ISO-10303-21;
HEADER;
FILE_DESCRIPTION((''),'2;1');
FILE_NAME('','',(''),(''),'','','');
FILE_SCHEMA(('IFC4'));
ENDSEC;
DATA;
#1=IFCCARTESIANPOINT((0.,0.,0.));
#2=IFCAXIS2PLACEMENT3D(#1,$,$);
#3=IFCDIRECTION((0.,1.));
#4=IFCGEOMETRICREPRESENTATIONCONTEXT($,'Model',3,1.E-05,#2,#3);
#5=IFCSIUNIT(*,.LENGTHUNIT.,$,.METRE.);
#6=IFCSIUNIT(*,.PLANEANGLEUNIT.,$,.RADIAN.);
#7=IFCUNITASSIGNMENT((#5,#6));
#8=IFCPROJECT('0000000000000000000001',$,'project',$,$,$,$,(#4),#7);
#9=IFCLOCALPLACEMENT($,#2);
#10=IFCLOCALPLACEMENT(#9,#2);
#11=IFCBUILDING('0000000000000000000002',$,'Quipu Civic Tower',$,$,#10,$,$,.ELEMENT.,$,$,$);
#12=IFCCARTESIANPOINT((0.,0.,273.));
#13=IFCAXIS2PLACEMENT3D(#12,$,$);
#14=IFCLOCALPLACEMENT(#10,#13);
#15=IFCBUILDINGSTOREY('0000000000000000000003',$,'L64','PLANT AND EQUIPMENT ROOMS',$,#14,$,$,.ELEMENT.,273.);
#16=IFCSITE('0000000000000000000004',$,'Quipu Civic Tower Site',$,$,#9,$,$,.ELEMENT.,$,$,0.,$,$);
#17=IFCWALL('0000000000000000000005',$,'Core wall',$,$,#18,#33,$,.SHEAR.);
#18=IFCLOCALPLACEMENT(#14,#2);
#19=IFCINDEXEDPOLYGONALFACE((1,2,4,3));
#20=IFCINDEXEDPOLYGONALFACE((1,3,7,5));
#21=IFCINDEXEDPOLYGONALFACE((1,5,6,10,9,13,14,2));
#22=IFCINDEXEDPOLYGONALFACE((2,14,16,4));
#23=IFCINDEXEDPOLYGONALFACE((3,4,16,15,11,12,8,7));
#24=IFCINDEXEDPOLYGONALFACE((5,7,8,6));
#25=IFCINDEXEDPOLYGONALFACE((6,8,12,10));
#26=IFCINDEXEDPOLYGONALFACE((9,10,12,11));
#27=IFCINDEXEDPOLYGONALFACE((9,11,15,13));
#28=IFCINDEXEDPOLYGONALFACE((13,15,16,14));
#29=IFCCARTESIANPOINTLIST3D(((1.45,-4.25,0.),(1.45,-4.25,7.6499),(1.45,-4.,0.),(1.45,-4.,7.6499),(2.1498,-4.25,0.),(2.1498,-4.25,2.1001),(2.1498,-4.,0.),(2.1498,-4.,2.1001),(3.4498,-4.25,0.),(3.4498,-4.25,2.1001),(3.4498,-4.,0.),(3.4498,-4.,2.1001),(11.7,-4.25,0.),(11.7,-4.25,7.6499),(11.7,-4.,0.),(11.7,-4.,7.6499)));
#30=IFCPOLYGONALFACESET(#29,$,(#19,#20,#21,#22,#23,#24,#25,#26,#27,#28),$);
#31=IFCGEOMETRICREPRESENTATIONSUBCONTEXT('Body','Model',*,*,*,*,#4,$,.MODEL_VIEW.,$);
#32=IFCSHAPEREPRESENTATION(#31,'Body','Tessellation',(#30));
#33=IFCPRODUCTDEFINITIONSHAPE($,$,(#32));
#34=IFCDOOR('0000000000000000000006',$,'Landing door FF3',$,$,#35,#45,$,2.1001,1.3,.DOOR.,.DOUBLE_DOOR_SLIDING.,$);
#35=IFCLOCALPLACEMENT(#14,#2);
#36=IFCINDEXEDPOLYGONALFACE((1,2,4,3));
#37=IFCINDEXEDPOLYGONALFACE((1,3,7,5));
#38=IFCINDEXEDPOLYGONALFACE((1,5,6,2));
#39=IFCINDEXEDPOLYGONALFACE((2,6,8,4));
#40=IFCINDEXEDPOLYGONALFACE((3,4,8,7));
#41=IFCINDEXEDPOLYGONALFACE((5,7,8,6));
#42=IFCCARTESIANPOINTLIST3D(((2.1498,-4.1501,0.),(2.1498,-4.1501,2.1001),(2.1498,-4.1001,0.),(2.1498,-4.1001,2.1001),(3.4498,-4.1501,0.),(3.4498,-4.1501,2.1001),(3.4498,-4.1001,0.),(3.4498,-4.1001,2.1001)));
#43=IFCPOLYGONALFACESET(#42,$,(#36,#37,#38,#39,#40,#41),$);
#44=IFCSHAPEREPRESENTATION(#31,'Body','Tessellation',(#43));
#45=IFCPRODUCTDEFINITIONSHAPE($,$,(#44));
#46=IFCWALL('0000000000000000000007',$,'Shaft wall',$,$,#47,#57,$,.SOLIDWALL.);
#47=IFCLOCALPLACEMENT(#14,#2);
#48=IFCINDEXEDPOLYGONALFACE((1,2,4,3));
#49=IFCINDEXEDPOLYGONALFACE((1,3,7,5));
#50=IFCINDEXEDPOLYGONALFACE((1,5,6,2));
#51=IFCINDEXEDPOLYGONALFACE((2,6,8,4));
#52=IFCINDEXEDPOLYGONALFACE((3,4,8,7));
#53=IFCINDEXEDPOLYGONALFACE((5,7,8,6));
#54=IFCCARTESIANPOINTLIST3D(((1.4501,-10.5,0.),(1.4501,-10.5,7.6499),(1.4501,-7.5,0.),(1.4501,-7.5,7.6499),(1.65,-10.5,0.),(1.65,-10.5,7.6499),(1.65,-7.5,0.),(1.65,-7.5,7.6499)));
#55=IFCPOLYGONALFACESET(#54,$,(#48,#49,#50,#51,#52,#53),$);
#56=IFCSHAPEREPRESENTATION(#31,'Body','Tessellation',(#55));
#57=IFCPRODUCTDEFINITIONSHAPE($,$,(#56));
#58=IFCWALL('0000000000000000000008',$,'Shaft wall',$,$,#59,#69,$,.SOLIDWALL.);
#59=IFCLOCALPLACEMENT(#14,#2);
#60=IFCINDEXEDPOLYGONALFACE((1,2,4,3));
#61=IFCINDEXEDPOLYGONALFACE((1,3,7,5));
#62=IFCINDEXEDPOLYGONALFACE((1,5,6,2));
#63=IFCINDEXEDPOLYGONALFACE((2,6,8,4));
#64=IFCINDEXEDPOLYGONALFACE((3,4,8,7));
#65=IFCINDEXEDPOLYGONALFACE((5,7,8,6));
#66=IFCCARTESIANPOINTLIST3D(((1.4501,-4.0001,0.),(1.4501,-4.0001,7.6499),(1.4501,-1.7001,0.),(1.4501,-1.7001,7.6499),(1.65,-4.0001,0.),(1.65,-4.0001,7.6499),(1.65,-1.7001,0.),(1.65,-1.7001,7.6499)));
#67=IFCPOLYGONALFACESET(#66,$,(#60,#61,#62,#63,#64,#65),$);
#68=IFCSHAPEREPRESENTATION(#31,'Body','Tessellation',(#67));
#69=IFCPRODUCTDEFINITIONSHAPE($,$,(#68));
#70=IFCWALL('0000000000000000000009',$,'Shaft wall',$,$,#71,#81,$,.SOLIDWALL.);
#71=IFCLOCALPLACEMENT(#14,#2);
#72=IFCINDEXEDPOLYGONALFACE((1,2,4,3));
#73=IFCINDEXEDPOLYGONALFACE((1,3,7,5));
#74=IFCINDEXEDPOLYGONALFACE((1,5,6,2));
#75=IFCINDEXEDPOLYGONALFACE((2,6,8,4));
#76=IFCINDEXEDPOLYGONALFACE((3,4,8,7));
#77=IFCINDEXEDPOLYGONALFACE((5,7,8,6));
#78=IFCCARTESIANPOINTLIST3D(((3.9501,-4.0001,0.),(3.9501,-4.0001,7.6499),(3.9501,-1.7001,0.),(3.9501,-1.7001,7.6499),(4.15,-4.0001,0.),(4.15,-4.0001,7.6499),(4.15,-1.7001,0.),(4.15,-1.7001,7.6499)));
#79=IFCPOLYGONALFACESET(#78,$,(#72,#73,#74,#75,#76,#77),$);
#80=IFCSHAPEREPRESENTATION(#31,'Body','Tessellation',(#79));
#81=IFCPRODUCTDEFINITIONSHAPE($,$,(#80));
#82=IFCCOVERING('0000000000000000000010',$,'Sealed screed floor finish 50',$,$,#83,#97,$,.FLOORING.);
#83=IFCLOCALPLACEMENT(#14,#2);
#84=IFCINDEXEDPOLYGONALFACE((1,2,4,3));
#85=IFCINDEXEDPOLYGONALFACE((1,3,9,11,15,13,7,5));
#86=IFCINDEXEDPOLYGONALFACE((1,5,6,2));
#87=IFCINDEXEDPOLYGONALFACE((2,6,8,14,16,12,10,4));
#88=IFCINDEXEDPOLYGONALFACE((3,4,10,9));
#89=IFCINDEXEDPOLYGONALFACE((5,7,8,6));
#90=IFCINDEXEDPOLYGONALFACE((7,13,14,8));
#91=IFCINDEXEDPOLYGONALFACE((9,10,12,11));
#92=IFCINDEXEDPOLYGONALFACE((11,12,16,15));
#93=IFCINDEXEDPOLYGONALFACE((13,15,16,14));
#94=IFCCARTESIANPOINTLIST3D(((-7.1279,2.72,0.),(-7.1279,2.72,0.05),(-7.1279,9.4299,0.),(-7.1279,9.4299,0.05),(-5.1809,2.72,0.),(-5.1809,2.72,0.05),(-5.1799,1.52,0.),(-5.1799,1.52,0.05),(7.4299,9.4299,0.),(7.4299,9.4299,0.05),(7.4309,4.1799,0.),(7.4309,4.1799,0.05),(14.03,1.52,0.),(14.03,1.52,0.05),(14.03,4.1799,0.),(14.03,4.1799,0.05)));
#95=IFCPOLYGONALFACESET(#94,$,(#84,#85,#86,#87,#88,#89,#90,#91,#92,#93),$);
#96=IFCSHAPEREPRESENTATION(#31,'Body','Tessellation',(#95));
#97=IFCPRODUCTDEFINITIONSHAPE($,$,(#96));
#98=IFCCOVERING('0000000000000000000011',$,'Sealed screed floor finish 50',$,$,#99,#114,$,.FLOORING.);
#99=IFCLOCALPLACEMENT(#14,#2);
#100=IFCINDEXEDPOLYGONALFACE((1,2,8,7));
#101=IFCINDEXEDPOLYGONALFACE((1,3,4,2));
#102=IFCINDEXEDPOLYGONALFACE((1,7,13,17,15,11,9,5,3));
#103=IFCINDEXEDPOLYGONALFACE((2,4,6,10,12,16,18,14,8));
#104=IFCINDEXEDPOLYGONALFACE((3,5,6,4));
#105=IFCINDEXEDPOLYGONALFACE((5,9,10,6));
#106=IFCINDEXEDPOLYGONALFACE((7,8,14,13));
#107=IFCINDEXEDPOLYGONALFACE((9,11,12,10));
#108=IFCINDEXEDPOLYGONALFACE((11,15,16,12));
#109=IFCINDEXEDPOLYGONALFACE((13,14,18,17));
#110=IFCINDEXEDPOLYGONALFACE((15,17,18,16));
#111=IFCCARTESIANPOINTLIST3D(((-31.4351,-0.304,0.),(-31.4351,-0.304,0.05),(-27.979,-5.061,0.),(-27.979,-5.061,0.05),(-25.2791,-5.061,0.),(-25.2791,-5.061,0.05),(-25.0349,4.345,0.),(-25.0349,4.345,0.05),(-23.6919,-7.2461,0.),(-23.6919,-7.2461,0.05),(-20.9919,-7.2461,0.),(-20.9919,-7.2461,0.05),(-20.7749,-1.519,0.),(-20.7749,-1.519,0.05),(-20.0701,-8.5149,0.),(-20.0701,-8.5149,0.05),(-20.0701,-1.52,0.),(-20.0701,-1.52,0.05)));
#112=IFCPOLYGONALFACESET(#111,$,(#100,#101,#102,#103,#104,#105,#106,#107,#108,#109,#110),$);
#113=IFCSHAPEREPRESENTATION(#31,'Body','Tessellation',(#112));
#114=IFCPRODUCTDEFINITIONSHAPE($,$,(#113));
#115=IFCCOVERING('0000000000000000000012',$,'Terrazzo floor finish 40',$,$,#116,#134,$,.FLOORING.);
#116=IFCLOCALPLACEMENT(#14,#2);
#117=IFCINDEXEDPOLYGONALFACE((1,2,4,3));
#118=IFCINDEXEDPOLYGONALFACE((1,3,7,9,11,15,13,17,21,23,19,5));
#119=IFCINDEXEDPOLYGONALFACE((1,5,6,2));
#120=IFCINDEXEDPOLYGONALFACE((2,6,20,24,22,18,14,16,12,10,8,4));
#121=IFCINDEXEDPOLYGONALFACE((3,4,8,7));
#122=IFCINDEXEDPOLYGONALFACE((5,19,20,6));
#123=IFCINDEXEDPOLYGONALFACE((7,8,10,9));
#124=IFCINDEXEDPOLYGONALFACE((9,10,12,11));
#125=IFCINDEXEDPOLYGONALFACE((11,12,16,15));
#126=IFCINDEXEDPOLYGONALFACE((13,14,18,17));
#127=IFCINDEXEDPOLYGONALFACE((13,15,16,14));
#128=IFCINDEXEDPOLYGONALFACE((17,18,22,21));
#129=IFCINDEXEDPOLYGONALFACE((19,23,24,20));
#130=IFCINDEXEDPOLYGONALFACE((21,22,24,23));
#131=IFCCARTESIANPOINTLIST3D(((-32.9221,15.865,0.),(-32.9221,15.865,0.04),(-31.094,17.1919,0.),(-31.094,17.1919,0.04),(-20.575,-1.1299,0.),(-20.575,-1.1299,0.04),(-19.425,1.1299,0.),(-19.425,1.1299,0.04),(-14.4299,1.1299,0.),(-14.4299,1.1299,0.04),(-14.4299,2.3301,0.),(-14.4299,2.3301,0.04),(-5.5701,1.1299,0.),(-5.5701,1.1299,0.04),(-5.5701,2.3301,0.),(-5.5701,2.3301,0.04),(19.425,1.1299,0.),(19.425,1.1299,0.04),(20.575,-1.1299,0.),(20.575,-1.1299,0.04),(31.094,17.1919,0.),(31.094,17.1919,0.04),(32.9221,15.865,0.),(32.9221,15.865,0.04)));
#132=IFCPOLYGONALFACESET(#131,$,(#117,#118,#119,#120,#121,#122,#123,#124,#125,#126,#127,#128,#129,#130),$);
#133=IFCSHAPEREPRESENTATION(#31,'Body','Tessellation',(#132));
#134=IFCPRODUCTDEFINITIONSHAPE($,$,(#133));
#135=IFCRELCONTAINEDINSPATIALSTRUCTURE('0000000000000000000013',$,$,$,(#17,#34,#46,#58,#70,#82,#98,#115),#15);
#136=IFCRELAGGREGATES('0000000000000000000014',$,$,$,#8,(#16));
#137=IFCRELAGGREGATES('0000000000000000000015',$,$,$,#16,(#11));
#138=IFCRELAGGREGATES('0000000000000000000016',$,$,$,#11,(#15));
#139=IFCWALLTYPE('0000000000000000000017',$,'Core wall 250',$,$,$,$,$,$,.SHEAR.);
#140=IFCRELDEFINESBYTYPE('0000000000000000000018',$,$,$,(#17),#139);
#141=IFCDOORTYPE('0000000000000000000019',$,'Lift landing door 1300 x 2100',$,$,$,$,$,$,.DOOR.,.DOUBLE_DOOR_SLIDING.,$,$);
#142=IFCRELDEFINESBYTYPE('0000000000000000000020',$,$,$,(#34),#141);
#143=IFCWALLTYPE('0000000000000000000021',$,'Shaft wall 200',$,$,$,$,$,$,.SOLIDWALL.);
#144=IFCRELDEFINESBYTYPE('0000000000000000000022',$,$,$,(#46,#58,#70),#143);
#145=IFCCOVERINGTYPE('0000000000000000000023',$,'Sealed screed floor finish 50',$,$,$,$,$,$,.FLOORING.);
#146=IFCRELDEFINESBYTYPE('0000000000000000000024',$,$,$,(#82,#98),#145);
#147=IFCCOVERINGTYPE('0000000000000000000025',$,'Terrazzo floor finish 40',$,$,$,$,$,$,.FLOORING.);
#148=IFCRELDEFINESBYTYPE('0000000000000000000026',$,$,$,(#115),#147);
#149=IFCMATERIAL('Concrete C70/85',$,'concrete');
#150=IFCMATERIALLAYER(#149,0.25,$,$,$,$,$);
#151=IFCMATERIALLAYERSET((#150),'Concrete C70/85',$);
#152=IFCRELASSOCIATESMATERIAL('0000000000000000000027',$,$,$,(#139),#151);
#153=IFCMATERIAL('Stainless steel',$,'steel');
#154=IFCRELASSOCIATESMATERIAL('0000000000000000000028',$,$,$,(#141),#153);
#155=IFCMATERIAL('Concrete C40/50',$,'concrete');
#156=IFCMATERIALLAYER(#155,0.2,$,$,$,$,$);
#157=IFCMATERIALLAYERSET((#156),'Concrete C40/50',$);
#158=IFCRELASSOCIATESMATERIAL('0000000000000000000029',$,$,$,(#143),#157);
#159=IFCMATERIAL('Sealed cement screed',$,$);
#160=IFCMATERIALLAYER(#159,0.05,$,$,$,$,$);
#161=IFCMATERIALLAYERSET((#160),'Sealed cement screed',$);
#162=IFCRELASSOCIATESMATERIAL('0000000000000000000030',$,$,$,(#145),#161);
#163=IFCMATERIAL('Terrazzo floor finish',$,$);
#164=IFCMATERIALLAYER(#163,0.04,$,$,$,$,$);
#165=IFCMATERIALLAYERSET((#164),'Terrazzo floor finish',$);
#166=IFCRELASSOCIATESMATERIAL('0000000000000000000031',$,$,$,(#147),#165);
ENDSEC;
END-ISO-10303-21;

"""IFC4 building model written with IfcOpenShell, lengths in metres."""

from ifc_helpers import new_model, si_unit, direction, frame, frame_2d, origin, place, context, subcontext, project, spatial, polyline, rectangle, outline, extrude, material, layer, layer_set, type_object, element, fill, save


model = new_model("IFC4")

# Units and contexts
model_context = context("Model", 3, precision=1e-05, world=origin(), true_north=direction((0.0, 1.0)))
body_context = subcontext(model_context, "Body", "Model", "MODEL_VIEW")
ifc_project = project(units=[si_unit("LENGTHUNIT", "METRE"), si_unit("PLANEANGLEUNIT", "RADIAN")], contexts=[model_context])

# Site, building, storey
site_placement = place(None, origin())
site = spatial("IfcSite", under=ifc_project, at=site_placement, Name="Quipu Civic Tower Site", CompositionType="ELEMENT", RefElevation=0.0)
building_placement = place(site_placement, origin())
building = spatial("IfcBuilding", under=site, at=building_placement, Name="Quipu Civic Tower", CompositionType="ELEMENT")
storey_placement = place(building_placement, frame((0.0, 0.0, 273.0)))
storey = spatial("IfcBuildingStorey", under=building, at=storey_placement, Name="L64", Description="PLANT AND EQUIPMENT ROOMS", CompositionType="ELEMENT", Elevation=273.0)

# Wall, opening, door
ifc_material_1 = material(Name="Concrete C70/85", Category="concrete")
ifc_layer_1 = layer(ifc_material_1, 0.25)
ifc_layer_set_1 = layer_set([ifc_layer_1], Name="Concrete C70/85")
wall_type_1 = type_object("IfcWallType", Name="Core wall 250", PredefinedType="SHEAR", material=ifc_layer_set_1)
wall_1_placement = place(storey_placement, frame((1.45, -4.125, 0.0), z_axis=(0.0, 0.0, 1.0), x_axis=(1.0, 0.0, 0.0)))
wall_1 = element("IfcWall", 1, at=wall_1_placement, inside=storey, type_object=wall_type_1, Name="Core wall", PredefinedType="SHEAR", context=body_context, shape_type="SweptSolid", body=[
    extrude(rectangle(XDim=10.25, YDim=0.25, at=frame_2d((5.125, 0.0))), origin(), (0.0, 0.0, 1.0), 7.6499),
])
opening_1_placement = place(wall_1_placement, frame((0.7, 0.0, 0.0)))
opening_1 = element("IfcOpeningElement", 2, at=opening_1_placement, cuts=wall_1, PredefinedType="OPENING", context=body_context, shape_type="SweptSolid", body=[
    extrude(rectangle(XDim=1.3, YDim=2.1001, at=frame_2d((0.6499, 1.05))), frame((0.0, 0.135, 0.0), z_axis=(0.0, -1.0, 0.0), x_axis=(1.0, 0.0, 0.0)), (0.0, 0.0, 1.0), 0.27),
])
ifc_material_2 = material(Name="Stainless steel", Category="steel")
door_type_1 = type_object("IfcDoorType", Name="Lift landing door 1300 x 2100", OperationType="DOUBLE_DOOR_SLIDING", PredefinedType="DOOR", material=ifc_material_2)
door_1_placement = place(opening_1_placement, origin())
door_1 = element("IfcDoor", 3, at=door_1_placement, inside=storey, type_object=door_type_1, Name="Landing door FF3", OperationType="DOUBLE_DOOR_SLIDING", OverallHeight=2.1001, OverallWidth=1.3, PredefinedType="DOOR", context=body_context, shape_type="SweptSolid", body=[
    extrude(rectangle(XDim=1.3, YDim=2.1001, at=frame_2d((0.6499, 1.05))), frame((0.0, 0.0249, 0.0), z_axis=(0.0, -1.0, 0.0), x_axis=(1.0, 0.0, 0.0)), (0.0, 0.0, 1.0), 0.05),
])
fill(opening_1, door_1)

# Walls
ifc_material_3 = material(Name="Concrete C40/50", Category="concrete")
ifc_layer_2 = layer(ifc_material_3, 0.2)
ifc_layer_set_2 = layer_set([ifc_layer_2], Name="Concrete C40/50")
wall_type_2 = type_object("IfcWallType", Name="Shaft wall 200", PredefinedType="SOLIDWALL", material=ifc_layer_set_2)
wall_2_placement = place(storey_placement, frame((1.55, -10.5, 0.0), z_axis=(0.0, 0.0, 1.0), x_axis=(0.0, 1.0, 0.0)))
element("IfcWall", 4, at=wall_2_placement, inside=storey, type_object=wall_type_2, Name="Shaft wall", PredefinedType="SOLIDWALL", context=body_context, shape_type="SweptSolid", body=[
    extrude(rectangle(XDim=3.0, YDim=0.2, at=frame_2d((1.5, 0.0))), origin(), (0.0, 0.0, 1.0), 7.6499),
])
for number, where, z_axis, x_axis, name in (
    (5, (1.55, -4.0, 0.0), (0.0, 0.0, 1.0), (0.0, 1.0, 0.0), "Shaft wall"),
    (6, (4.05, -4.0, 0.0), (0.0, 0.0, 1.0), (0.0, 1.0, 0.0), "Shaft wall"),
):
    element("IfcWall", number, at=place(storey_placement, frame(where, z_axis=z_axis, x_axis=x_axis)), inside=storey, type_object=wall_type_2, Name=name, PredefinedType="SOLIDWALL", context=body_context, shape_type="SweptSolid", body=[
        extrude(rectangle(XDim=2.3, YDim=0.2, at=frame_2d((1.1499, 0.0))), origin(), (0.0, 0.0, 1.0), 7.6499),
    ])

# Coverings
ifc_material_4 = material(Name="Sealed cement screed")
ifc_layer_3 = layer(ifc_material_4, 0.05)
ifc_layer_set_3 = layer_set([ifc_layer_3], Name="Sealed cement screed")
covering_type_1 = type_object("IfcCoveringType", Name="Sealed screed floor finish 50", PredefinedType="FLOORING", material=ifc_layer_set_3)
covering_1_placement = place(storey_placement, origin())
element("IfcCovering", 7, at=covering_1_placement, inside=storey, type_object=covering_type_1, Name="Sealed screed floor finish 50", PredefinedType="FLOORING", context=body_context, shape_type="SweptSolid", body=[
    extrude(outline(polyline([(-7.1279, 2.72), (-7.1279, 9.4299), (7.4299, 9.4299), (7.4309, 4.1799), (14.03, 4.1799), (14.03, 1.52), (-5.1799, 1.52), (-5.1809, 2.72), (-7.1279, 2.72)])), origin(), (0.0, 0.0, 1.0), 0.05),
])
covering_2_placement = place(storey_placement, origin())
element("IfcCovering", 8, at=covering_2_placement, inside=storey, type_object=covering_type_1, Name="Sealed screed floor finish 50", PredefinedType="FLOORING", context=body_context, shape_type="SweptSolid", body=[
    extrude(outline(polyline([(-31.4351, -0.304), (-25.0349, 4.345), (-20.7749, -1.519), (-20.0701, -1.52), (-20.0701, -8.5149), (-20.9919, -7.2461), (-23.6919, -7.2461), (-25.2791, -5.061), (-27.979, -5.061), (-31.4351, -0.304)])), origin(), (0.0, 0.0, 1.0), 0.05),
])
ifc_material_5 = material(Name="Terrazzo floor finish")
ifc_layer_4 = layer(ifc_material_5, 0.04)
ifc_layer_set_4 = layer_set([ifc_layer_4], Name="Terrazzo floor finish")
covering_type_2 = type_object("IfcCoveringType", Name="Terrazzo floor finish 40", PredefinedType="FLOORING", material=ifc_layer_set_4)
covering_3_placement = place(storey_placement, origin())
element("IfcCovering", 9, at=covering_3_placement, inside=storey, type_object=covering_type_2, Name="Terrazzo floor finish 40", PredefinedType="FLOORING", context=body_context, shape_type="SweptSolid", body=[
    extrude(outline(polyline([(-5.5701, 2.3301), (-5.5701, 1.1299), (19.425, 1.1299), (31.094, 17.1919), (32.9221, 15.865), (20.575, -1.1299), (-20.575, -1.1299), (-32.9221, 15.865), (-31.094, 17.1919), (-19.425, 1.1299), (-14.4299, 1.1299), (-14.4299, 2.3301), (-5.5701, 2.3301)])), origin(), (0.0, 0.0, 1.0), 0.04),
])

save(model, "model.ifc")
